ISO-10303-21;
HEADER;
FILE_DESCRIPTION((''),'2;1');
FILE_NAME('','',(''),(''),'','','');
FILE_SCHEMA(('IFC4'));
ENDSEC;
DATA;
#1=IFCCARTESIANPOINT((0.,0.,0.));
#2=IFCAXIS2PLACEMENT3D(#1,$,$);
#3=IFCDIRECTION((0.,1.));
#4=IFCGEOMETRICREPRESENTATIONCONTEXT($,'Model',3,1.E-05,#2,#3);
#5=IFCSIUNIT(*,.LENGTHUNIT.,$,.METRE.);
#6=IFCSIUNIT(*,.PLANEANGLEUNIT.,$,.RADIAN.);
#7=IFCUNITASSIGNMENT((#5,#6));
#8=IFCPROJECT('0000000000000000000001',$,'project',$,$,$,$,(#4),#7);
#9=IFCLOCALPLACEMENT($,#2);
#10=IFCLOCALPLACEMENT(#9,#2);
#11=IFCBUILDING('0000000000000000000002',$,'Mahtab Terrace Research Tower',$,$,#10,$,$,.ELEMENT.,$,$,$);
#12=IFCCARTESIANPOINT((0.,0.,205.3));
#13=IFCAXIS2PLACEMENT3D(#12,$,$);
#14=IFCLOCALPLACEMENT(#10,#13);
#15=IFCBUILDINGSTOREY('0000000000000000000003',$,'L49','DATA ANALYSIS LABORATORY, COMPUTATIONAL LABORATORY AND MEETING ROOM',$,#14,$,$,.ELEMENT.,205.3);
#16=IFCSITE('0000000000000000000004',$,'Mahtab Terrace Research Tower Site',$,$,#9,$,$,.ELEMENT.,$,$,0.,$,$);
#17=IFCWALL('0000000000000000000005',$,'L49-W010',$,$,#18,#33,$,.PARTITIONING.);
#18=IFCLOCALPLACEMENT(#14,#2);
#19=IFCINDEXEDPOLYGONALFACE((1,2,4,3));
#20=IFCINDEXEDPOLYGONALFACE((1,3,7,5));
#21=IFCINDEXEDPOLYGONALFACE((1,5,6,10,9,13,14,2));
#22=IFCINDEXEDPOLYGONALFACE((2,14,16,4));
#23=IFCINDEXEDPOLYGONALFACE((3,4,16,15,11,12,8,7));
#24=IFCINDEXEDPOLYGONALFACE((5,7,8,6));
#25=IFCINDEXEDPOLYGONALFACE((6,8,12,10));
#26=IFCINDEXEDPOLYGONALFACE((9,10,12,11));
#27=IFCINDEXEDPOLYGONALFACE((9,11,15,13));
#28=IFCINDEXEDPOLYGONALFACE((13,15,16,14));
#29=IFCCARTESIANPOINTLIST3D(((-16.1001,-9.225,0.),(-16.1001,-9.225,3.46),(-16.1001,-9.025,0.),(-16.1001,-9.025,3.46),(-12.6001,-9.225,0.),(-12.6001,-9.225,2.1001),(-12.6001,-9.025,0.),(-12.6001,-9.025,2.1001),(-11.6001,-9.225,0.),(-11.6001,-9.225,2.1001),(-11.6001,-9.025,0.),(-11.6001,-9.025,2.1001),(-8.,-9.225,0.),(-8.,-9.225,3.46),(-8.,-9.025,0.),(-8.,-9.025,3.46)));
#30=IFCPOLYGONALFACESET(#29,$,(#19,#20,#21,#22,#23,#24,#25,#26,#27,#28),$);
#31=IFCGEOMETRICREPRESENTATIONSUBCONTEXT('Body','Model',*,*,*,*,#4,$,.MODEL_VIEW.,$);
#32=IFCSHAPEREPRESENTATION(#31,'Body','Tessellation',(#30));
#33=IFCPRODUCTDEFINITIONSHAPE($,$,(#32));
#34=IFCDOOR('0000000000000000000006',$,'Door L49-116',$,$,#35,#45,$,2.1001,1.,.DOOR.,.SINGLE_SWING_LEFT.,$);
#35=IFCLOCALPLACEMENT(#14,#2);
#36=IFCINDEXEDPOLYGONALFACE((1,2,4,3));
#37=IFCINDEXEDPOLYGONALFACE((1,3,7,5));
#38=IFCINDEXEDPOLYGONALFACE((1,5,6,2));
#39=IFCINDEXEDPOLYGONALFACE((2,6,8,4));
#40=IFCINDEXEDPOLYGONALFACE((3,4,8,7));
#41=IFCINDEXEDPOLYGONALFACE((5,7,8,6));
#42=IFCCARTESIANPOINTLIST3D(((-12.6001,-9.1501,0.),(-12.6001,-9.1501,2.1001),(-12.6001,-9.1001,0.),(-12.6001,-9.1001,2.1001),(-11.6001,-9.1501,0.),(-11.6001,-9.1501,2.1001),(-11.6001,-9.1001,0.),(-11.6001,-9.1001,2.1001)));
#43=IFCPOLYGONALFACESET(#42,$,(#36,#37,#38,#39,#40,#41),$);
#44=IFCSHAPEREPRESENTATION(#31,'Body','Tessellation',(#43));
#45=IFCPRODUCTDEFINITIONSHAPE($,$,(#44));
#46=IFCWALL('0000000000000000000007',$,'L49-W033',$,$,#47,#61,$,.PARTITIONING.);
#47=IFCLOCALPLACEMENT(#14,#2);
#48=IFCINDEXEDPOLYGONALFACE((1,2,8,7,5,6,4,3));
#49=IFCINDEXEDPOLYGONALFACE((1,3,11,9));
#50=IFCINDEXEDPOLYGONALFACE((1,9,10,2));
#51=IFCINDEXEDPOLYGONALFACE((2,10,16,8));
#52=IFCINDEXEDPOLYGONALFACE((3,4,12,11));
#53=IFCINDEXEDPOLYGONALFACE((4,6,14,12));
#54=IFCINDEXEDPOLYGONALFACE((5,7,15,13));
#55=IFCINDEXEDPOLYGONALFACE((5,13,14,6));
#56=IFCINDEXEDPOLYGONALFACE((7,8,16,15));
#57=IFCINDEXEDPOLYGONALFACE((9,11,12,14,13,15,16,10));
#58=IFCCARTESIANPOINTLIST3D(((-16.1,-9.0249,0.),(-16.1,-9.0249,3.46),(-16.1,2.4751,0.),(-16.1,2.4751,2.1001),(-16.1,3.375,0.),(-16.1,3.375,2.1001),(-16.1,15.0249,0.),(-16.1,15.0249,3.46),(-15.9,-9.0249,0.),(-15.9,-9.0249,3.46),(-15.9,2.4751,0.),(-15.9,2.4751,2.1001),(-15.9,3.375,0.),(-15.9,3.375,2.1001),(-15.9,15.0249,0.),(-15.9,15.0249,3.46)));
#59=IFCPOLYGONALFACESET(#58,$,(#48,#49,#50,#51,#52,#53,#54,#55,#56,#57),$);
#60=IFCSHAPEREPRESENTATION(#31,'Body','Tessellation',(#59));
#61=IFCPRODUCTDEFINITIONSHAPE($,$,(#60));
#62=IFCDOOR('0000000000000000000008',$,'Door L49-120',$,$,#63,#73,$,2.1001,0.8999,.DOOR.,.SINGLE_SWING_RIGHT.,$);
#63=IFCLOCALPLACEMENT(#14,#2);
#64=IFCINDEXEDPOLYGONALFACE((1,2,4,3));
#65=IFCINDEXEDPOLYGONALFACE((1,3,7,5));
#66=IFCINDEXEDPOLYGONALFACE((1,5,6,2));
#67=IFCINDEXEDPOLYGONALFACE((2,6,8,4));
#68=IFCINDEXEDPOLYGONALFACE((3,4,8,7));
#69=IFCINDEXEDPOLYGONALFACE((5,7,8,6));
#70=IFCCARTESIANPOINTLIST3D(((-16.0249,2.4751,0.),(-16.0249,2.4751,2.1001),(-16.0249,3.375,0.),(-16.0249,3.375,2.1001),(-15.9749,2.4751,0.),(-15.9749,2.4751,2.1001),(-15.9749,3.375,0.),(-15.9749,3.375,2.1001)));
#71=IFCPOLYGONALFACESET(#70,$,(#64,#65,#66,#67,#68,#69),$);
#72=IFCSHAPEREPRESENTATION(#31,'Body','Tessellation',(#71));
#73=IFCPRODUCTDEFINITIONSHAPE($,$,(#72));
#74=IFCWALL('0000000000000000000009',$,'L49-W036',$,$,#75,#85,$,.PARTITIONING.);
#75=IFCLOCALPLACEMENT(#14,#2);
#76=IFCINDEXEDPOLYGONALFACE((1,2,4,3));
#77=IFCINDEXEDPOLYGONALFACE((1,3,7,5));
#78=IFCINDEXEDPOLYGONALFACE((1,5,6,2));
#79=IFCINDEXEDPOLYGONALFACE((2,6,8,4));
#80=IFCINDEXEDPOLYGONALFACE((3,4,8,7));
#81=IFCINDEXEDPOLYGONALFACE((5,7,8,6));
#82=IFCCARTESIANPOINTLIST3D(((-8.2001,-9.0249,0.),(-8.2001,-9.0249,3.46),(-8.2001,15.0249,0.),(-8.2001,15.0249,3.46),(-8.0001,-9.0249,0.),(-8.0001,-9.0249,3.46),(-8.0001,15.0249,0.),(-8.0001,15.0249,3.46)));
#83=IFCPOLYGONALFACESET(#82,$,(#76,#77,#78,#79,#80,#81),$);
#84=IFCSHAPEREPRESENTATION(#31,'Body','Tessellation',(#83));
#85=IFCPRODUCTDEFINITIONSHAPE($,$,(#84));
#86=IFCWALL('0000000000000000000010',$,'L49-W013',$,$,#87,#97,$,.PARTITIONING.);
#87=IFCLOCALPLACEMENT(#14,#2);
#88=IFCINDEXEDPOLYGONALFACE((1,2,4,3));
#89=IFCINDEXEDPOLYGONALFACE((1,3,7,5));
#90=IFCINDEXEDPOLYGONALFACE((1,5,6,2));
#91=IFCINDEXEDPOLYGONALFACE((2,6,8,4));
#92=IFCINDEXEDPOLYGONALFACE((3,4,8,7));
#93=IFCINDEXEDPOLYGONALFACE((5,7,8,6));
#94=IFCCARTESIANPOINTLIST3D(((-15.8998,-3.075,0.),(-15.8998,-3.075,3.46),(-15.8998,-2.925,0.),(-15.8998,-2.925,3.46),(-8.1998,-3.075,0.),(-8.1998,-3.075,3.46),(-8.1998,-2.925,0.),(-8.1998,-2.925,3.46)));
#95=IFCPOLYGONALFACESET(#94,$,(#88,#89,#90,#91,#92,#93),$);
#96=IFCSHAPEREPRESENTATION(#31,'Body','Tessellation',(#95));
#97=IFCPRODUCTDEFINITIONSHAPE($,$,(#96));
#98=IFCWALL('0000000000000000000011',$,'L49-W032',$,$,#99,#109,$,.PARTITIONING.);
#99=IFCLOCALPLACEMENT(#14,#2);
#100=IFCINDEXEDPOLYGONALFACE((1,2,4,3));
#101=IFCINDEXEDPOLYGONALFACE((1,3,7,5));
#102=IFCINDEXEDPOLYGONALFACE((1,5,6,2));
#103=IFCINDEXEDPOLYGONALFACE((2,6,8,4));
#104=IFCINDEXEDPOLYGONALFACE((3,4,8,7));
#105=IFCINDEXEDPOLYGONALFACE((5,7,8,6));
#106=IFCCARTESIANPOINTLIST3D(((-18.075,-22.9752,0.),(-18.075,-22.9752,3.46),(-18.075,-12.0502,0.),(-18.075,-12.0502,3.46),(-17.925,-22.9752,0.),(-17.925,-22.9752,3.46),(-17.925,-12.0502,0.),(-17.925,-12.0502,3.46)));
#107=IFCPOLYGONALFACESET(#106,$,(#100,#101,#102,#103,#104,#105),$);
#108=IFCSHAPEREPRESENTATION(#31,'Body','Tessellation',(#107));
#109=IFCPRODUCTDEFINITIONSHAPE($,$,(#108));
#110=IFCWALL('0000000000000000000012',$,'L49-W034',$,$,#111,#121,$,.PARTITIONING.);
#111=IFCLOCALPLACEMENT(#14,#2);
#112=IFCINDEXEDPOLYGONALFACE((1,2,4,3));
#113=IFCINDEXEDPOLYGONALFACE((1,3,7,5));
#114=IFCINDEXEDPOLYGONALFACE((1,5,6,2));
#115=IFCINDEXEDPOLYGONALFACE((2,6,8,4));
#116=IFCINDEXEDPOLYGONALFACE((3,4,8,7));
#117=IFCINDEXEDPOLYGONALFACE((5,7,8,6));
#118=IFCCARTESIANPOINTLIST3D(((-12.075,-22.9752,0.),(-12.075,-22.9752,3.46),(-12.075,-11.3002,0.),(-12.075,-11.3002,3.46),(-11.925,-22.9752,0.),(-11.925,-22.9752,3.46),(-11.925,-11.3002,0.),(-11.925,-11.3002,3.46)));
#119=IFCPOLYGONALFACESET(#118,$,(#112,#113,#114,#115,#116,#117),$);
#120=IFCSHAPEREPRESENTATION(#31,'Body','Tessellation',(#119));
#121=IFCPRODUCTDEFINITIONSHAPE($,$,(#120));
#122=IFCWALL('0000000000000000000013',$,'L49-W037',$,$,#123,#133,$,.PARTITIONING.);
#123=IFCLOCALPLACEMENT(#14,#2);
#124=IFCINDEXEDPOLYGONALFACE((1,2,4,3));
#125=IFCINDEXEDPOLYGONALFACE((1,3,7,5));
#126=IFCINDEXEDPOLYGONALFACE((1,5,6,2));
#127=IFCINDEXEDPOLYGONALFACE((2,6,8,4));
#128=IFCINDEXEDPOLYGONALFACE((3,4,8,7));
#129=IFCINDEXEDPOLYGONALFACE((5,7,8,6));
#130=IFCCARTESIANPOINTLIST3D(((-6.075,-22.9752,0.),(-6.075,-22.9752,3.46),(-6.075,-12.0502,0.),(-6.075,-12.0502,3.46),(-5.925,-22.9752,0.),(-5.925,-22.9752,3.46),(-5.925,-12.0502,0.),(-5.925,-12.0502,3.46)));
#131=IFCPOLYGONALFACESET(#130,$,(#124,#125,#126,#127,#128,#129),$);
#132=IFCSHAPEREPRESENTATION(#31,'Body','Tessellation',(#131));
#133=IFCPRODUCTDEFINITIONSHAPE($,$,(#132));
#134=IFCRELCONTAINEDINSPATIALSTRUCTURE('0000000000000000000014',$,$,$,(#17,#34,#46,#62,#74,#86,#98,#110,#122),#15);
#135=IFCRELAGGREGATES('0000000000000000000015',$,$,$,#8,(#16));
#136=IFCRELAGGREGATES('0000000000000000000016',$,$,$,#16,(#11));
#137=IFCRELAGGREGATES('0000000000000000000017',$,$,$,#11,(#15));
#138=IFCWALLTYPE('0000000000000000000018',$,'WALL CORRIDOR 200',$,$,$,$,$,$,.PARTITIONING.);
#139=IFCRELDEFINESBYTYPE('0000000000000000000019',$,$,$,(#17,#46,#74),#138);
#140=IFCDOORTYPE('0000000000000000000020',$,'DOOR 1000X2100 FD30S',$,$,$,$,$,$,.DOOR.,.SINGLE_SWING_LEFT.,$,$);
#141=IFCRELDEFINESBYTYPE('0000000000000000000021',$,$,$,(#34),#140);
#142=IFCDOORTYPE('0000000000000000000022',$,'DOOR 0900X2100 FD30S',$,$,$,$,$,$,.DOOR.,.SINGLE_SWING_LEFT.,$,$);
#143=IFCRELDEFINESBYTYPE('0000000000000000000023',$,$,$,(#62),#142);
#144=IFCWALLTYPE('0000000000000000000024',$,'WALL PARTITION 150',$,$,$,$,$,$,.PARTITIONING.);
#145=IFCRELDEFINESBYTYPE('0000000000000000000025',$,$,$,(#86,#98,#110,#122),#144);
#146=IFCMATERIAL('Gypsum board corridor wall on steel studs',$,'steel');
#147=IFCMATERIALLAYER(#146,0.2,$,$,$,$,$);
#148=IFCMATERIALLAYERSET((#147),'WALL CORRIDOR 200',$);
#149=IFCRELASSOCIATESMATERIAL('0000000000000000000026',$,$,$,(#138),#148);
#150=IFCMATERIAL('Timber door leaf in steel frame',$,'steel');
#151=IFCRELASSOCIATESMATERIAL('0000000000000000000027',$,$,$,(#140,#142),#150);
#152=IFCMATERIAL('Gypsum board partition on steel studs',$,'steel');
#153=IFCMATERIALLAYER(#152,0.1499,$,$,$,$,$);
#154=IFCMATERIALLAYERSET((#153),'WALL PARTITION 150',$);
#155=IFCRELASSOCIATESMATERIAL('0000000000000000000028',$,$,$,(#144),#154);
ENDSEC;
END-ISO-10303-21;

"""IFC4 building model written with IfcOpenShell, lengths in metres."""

from ifc_helpers import new_model, si_unit, direction, frame, frame_2d, origin, place, context, subcontext, project, spatial, rectangle, extrude, material, layer, layer_set, type_object, element, fill, save


model = new_model("IFC4")

# Units and contexts
model_context = context("Model", 3, precision=1e-05, world=origin(), true_north=direction((0.0, 1.0)))
body_context = subcontext(model_context, "Body", "Model", "MODEL_VIEW")
ifc_project = project(units=[si_unit("LENGTHUNIT", "METRE"), si_unit("PLANEANGLEUNIT", "RADIAN")], contexts=[model_context])

# Site, building, storey
site_placement = place(None, origin())
site = spatial("IfcSite", under=ifc_project, at=site_placement, Name="Mahtab Terrace Research Tower Site", CompositionType="ELEMENT", RefElevation=0.0)
building_placement = place(site_placement, origin())
building = spatial("IfcBuilding", under=site, at=building_placement, Name="Mahtab Terrace Research Tower", CompositionType="ELEMENT")
storey_placement = place(building_placement, frame((0.0, 0.0, 205.3)))
storey = spatial("IfcBuildingStorey", under=building, at=storey_placement, Name="L49", Description="DATA ANALYSIS LABORATORY, COMPUTATIONAL LABORATORY AND MEETING ROOM", CompositionType="ELEMENT", Elevation=205.3)

# Shared definitions
ifc_material_1 = material(Name="Gypsum board corridor wall on steel studs", Category="steel")
ifc_layer_1 = layer(ifc_material_1, 0.2)
ifc_layer_set_1 = layer_set([ifc_layer_1], Name="WALL CORRIDOR 200")
wall_type_1 = type_object("IfcWallType", Name="WALL CORRIDOR 200", PredefinedType="PARTITIONING", material=ifc_layer_set_1)
ifc_material_2 = material(Name="Timber door leaf in steel frame", Category="steel")
door_type_1 = type_object("IfcDoorType", Name="DOOR 1000X2100 FD30S", OperationType="SINGLE_SWING_LEFT", PredefinedType="DOOR", material=ifc_material_2)

# Walls, openings, doors
wall_1_placement = place(storey_placement, frame((-16.1001, -9.125, 0.0), z_axis=(0.0, 0.0, 1.0), x_axis=(1.0, 0.0, 0.0)))
wall_1 = element("IfcWall", 1, at=wall_1_placement, inside=storey, type_object=wall_type_1, Name="L49-W010", PredefinedType="PARTITIONING", context=body_context, shape_type="SweptSolid", body=[
    extrude(rectangle(XDim=8.1001, YDim=0.2, at=frame_2d((4.05, 0.0))), origin(), (0.0, 0.0, 1.0), 3.46),
])
opening_1_placement = place(wall_1_placement, frame((3.5, 0.0, 0.0)))
opening_1 = element("IfcOpeningElement", 2, at=opening_1_placement, cuts=wall_1, PredefinedType="OPENING", context=body_context, shape_type="SweptSolid", body=[
    extrude(rectangle(XDim=1.0, YDim=2.1001, at=frame_2d((0.5, 1.05))), frame((0.0, 0.1099, 0.0), z_axis=(0.0, -1.0, 0.0), x_axis=(1.0, 0.0, 0.0)), (0.0, 0.0, 1.0), 0.22),
])
door_1_placement = place(opening_1_placement, origin())
door_1 = element("IfcDoor", 3, at=door_1_placement, inside=storey, type_object=door_type_1, Name="Door L49-116", OperationType="SINGLE_SWING_LEFT", OverallHeight=2.1001, OverallWidth=1.0, PredefinedType="DOOR", context=body_context, shape_type="SweptSolid", body=[
    extrude(rectangle(XDim=1.0, YDim=2.1001, at=frame_2d((0.5, 1.05))), frame((0.0, 0.0249, 0.0), z_axis=(0.0, -1.0, 0.0), x_axis=(1.0, 0.0, 0.0)), (0.0, 0.0, 1.0), 0.05),
])
fill(opening_1, door_1)
wall_2_placement = place(storey_placement, frame((-16.0, -9.0249, 0.0), z_axis=(0.0, 0.0, 1.0), x_axis=(0.0, 1.0, 0.0)))
wall_2 = element("IfcWall", 4, at=wall_2_placement, inside=storey, type_object=wall_type_1, Name="L49-W033", PredefinedType="PARTITIONING", context=body_context, shape_type="SweptSolid", body=[
    extrude(rectangle(XDim=24.0498, YDim=0.2, at=frame_2d((12.0249, 0.0))), origin(), (0.0, 0.0, 1.0), 3.46),
])
opening_2_placement = place(wall_2_placement, frame((11.5, 0.0, 0.0)))
opening_2 = element("IfcOpeningElement", 5, at=opening_2_placement, cuts=wall_2, PredefinedType="OPENING", context=body_context, shape_type="SweptSolid", body=[
    extrude(rectangle(XDim=0.8999, YDim=2.1001, at=frame_2d((0.45, 1.05))), frame((0.0, 0.1099, 0.0), z_axis=(0.0, -1.0, 0.0), x_axis=(1.0, 0.0, 0.0)), (0.0, 0.0, 1.0), 0.22),
])
door_type_2 = type_object("IfcDoorType", Name="DOOR 0900X2100 FD30S", OperationType="SINGLE_SWING_LEFT", PredefinedType="DOOR", material=ifc_material_2)
door_2_placement = place(opening_2_placement, origin())
door_2 = element("IfcDoor", 6, at=door_2_placement, inside=storey, type_object=door_type_2, Name="Door L49-120", OperationType="SINGLE_SWING_RIGHT", OverallHeight=2.1001, OverallWidth=0.8999, PredefinedType="DOOR", context=body_context, shape_type="SweptSolid", body=[
    extrude(rectangle(XDim=0.8999, YDim=2.1001, at=frame_2d((0.45, 1.05))), frame((0.0, 0.0249, 0.0), z_axis=(0.0, -1.0, 0.0), x_axis=(1.0, 0.0, 0.0)), (0.0, 0.0, 1.0), 0.05),
])
fill(opening_2, door_2)

# Walls
wall_3_placement = place(storey_placement, frame((-8.1001, -9.0249, 0.0), z_axis=(0.0, 0.0, 1.0), x_axis=(0.0, 1.0, 0.0)))
element("IfcWall", 7, at=wall_3_placement, inside=storey, type_object=wall_type_1, Name="L49-W036", PredefinedType="PARTITIONING", context=body_context, shape_type="SweptSolid", body=[
    extrude(rectangle(XDim=24.0498, YDim=0.2, at=frame_2d((12.0249, 0.0))), origin(), (0.0, 0.0, 1.0), 3.46),
])
ifc_material_3 = material(Name="Gypsum board partition on steel studs", Category="steel")
ifc_layer_2 = layer(ifc_material_3, 0.1499)
ifc_layer_set_2 = layer_set([ifc_layer_2], Name="WALL PARTITION 150")
wall_type_2 = type_object("IfcWallType", Name="WALL PARTITION 150", PredefinedType="PARTITIONING", material=ifc_layer_set_2)
wall_4_placement = place(storey_placement, frame((-15.8999, -3.0, 0.0), z_axis=(0.0, 0.0, 1.0), x_axis=(1.0, 0.0, 0.0)))
element("IfcWall", 8, at=wall_4_placement, inside=storey, type_object=wall_type_2, Name="L49-W013", PredefinedType="PARTITIONING", context=body_context, shape_type="SweptSolid", body=[
    extrude(rectangle(XDim=7.7, YDim=0.1499, at=frame_2d((3.8501, 0.0))), origin(), (0.0, 0.0, 1.0), 3.46),
])
wall_5_placement = place(storey_placement, frame((-18.0, -22.9751, 0.0), z_axis=(0.0, 0.0, 1.0), x_axis=(0.0, 1.0, 0.0)))
element("IfcWall", 9, at=wall_5_placement, inside=storey, type_object=wall_type_2, Name="L49-W032", PredefinedType="PARTITIONING", context=body_context, shape_type="SweptSolid", body=[
    extrude(rectangle(XDim=10.925, YDim=0.1499, at=frame_2d((5.4624, 0.0))), origin(), (0.0, 0.0, 1.0), 3.46),
])
wall_6_placement = place(storey_placement, frame((-12.0, -22.9751, 0.0), z_axis=(0.0, 0.0, 1.0), x_axis=(0.0, 1.0, 0.0)))
element("IfcWall", 10, at=wall_6_placement, inside=storey, type_object=wall_type_2, Name="L49-W034", PredefinedType="PARTITIONING", context=body_context, shape_type="SweptSolid", body=[
    extrude(rectangle(XDim=11.675, YDim=0.1499, at=frame_2d((5.8374, 0.0))), origin(), (0.0, 0.0, 1.0), 3.46),
])
wall_7_placement = place(storey_placement, frame((-6.0, -22.9751, 0.0), z_axis=(0.0, 0.0, 1.0), x_axis=(0.0, 1.0, 0.0)))
element("IfcWall", 11, at=wall_7_placement, inside=storey, type_object=wall_type_2, Name="L49-W037", PredefinedType="PARTITIONING", context=body_context, shape_type="SweptSolid", body=[
    extrude(rectangle(XDim=10.925, YDim=0.1499, at=frame_2d((5.4624, 0.0))), origin(), (0.0, 0.0, 1.0), 3.46),
])

save(model, "model.ifc")
